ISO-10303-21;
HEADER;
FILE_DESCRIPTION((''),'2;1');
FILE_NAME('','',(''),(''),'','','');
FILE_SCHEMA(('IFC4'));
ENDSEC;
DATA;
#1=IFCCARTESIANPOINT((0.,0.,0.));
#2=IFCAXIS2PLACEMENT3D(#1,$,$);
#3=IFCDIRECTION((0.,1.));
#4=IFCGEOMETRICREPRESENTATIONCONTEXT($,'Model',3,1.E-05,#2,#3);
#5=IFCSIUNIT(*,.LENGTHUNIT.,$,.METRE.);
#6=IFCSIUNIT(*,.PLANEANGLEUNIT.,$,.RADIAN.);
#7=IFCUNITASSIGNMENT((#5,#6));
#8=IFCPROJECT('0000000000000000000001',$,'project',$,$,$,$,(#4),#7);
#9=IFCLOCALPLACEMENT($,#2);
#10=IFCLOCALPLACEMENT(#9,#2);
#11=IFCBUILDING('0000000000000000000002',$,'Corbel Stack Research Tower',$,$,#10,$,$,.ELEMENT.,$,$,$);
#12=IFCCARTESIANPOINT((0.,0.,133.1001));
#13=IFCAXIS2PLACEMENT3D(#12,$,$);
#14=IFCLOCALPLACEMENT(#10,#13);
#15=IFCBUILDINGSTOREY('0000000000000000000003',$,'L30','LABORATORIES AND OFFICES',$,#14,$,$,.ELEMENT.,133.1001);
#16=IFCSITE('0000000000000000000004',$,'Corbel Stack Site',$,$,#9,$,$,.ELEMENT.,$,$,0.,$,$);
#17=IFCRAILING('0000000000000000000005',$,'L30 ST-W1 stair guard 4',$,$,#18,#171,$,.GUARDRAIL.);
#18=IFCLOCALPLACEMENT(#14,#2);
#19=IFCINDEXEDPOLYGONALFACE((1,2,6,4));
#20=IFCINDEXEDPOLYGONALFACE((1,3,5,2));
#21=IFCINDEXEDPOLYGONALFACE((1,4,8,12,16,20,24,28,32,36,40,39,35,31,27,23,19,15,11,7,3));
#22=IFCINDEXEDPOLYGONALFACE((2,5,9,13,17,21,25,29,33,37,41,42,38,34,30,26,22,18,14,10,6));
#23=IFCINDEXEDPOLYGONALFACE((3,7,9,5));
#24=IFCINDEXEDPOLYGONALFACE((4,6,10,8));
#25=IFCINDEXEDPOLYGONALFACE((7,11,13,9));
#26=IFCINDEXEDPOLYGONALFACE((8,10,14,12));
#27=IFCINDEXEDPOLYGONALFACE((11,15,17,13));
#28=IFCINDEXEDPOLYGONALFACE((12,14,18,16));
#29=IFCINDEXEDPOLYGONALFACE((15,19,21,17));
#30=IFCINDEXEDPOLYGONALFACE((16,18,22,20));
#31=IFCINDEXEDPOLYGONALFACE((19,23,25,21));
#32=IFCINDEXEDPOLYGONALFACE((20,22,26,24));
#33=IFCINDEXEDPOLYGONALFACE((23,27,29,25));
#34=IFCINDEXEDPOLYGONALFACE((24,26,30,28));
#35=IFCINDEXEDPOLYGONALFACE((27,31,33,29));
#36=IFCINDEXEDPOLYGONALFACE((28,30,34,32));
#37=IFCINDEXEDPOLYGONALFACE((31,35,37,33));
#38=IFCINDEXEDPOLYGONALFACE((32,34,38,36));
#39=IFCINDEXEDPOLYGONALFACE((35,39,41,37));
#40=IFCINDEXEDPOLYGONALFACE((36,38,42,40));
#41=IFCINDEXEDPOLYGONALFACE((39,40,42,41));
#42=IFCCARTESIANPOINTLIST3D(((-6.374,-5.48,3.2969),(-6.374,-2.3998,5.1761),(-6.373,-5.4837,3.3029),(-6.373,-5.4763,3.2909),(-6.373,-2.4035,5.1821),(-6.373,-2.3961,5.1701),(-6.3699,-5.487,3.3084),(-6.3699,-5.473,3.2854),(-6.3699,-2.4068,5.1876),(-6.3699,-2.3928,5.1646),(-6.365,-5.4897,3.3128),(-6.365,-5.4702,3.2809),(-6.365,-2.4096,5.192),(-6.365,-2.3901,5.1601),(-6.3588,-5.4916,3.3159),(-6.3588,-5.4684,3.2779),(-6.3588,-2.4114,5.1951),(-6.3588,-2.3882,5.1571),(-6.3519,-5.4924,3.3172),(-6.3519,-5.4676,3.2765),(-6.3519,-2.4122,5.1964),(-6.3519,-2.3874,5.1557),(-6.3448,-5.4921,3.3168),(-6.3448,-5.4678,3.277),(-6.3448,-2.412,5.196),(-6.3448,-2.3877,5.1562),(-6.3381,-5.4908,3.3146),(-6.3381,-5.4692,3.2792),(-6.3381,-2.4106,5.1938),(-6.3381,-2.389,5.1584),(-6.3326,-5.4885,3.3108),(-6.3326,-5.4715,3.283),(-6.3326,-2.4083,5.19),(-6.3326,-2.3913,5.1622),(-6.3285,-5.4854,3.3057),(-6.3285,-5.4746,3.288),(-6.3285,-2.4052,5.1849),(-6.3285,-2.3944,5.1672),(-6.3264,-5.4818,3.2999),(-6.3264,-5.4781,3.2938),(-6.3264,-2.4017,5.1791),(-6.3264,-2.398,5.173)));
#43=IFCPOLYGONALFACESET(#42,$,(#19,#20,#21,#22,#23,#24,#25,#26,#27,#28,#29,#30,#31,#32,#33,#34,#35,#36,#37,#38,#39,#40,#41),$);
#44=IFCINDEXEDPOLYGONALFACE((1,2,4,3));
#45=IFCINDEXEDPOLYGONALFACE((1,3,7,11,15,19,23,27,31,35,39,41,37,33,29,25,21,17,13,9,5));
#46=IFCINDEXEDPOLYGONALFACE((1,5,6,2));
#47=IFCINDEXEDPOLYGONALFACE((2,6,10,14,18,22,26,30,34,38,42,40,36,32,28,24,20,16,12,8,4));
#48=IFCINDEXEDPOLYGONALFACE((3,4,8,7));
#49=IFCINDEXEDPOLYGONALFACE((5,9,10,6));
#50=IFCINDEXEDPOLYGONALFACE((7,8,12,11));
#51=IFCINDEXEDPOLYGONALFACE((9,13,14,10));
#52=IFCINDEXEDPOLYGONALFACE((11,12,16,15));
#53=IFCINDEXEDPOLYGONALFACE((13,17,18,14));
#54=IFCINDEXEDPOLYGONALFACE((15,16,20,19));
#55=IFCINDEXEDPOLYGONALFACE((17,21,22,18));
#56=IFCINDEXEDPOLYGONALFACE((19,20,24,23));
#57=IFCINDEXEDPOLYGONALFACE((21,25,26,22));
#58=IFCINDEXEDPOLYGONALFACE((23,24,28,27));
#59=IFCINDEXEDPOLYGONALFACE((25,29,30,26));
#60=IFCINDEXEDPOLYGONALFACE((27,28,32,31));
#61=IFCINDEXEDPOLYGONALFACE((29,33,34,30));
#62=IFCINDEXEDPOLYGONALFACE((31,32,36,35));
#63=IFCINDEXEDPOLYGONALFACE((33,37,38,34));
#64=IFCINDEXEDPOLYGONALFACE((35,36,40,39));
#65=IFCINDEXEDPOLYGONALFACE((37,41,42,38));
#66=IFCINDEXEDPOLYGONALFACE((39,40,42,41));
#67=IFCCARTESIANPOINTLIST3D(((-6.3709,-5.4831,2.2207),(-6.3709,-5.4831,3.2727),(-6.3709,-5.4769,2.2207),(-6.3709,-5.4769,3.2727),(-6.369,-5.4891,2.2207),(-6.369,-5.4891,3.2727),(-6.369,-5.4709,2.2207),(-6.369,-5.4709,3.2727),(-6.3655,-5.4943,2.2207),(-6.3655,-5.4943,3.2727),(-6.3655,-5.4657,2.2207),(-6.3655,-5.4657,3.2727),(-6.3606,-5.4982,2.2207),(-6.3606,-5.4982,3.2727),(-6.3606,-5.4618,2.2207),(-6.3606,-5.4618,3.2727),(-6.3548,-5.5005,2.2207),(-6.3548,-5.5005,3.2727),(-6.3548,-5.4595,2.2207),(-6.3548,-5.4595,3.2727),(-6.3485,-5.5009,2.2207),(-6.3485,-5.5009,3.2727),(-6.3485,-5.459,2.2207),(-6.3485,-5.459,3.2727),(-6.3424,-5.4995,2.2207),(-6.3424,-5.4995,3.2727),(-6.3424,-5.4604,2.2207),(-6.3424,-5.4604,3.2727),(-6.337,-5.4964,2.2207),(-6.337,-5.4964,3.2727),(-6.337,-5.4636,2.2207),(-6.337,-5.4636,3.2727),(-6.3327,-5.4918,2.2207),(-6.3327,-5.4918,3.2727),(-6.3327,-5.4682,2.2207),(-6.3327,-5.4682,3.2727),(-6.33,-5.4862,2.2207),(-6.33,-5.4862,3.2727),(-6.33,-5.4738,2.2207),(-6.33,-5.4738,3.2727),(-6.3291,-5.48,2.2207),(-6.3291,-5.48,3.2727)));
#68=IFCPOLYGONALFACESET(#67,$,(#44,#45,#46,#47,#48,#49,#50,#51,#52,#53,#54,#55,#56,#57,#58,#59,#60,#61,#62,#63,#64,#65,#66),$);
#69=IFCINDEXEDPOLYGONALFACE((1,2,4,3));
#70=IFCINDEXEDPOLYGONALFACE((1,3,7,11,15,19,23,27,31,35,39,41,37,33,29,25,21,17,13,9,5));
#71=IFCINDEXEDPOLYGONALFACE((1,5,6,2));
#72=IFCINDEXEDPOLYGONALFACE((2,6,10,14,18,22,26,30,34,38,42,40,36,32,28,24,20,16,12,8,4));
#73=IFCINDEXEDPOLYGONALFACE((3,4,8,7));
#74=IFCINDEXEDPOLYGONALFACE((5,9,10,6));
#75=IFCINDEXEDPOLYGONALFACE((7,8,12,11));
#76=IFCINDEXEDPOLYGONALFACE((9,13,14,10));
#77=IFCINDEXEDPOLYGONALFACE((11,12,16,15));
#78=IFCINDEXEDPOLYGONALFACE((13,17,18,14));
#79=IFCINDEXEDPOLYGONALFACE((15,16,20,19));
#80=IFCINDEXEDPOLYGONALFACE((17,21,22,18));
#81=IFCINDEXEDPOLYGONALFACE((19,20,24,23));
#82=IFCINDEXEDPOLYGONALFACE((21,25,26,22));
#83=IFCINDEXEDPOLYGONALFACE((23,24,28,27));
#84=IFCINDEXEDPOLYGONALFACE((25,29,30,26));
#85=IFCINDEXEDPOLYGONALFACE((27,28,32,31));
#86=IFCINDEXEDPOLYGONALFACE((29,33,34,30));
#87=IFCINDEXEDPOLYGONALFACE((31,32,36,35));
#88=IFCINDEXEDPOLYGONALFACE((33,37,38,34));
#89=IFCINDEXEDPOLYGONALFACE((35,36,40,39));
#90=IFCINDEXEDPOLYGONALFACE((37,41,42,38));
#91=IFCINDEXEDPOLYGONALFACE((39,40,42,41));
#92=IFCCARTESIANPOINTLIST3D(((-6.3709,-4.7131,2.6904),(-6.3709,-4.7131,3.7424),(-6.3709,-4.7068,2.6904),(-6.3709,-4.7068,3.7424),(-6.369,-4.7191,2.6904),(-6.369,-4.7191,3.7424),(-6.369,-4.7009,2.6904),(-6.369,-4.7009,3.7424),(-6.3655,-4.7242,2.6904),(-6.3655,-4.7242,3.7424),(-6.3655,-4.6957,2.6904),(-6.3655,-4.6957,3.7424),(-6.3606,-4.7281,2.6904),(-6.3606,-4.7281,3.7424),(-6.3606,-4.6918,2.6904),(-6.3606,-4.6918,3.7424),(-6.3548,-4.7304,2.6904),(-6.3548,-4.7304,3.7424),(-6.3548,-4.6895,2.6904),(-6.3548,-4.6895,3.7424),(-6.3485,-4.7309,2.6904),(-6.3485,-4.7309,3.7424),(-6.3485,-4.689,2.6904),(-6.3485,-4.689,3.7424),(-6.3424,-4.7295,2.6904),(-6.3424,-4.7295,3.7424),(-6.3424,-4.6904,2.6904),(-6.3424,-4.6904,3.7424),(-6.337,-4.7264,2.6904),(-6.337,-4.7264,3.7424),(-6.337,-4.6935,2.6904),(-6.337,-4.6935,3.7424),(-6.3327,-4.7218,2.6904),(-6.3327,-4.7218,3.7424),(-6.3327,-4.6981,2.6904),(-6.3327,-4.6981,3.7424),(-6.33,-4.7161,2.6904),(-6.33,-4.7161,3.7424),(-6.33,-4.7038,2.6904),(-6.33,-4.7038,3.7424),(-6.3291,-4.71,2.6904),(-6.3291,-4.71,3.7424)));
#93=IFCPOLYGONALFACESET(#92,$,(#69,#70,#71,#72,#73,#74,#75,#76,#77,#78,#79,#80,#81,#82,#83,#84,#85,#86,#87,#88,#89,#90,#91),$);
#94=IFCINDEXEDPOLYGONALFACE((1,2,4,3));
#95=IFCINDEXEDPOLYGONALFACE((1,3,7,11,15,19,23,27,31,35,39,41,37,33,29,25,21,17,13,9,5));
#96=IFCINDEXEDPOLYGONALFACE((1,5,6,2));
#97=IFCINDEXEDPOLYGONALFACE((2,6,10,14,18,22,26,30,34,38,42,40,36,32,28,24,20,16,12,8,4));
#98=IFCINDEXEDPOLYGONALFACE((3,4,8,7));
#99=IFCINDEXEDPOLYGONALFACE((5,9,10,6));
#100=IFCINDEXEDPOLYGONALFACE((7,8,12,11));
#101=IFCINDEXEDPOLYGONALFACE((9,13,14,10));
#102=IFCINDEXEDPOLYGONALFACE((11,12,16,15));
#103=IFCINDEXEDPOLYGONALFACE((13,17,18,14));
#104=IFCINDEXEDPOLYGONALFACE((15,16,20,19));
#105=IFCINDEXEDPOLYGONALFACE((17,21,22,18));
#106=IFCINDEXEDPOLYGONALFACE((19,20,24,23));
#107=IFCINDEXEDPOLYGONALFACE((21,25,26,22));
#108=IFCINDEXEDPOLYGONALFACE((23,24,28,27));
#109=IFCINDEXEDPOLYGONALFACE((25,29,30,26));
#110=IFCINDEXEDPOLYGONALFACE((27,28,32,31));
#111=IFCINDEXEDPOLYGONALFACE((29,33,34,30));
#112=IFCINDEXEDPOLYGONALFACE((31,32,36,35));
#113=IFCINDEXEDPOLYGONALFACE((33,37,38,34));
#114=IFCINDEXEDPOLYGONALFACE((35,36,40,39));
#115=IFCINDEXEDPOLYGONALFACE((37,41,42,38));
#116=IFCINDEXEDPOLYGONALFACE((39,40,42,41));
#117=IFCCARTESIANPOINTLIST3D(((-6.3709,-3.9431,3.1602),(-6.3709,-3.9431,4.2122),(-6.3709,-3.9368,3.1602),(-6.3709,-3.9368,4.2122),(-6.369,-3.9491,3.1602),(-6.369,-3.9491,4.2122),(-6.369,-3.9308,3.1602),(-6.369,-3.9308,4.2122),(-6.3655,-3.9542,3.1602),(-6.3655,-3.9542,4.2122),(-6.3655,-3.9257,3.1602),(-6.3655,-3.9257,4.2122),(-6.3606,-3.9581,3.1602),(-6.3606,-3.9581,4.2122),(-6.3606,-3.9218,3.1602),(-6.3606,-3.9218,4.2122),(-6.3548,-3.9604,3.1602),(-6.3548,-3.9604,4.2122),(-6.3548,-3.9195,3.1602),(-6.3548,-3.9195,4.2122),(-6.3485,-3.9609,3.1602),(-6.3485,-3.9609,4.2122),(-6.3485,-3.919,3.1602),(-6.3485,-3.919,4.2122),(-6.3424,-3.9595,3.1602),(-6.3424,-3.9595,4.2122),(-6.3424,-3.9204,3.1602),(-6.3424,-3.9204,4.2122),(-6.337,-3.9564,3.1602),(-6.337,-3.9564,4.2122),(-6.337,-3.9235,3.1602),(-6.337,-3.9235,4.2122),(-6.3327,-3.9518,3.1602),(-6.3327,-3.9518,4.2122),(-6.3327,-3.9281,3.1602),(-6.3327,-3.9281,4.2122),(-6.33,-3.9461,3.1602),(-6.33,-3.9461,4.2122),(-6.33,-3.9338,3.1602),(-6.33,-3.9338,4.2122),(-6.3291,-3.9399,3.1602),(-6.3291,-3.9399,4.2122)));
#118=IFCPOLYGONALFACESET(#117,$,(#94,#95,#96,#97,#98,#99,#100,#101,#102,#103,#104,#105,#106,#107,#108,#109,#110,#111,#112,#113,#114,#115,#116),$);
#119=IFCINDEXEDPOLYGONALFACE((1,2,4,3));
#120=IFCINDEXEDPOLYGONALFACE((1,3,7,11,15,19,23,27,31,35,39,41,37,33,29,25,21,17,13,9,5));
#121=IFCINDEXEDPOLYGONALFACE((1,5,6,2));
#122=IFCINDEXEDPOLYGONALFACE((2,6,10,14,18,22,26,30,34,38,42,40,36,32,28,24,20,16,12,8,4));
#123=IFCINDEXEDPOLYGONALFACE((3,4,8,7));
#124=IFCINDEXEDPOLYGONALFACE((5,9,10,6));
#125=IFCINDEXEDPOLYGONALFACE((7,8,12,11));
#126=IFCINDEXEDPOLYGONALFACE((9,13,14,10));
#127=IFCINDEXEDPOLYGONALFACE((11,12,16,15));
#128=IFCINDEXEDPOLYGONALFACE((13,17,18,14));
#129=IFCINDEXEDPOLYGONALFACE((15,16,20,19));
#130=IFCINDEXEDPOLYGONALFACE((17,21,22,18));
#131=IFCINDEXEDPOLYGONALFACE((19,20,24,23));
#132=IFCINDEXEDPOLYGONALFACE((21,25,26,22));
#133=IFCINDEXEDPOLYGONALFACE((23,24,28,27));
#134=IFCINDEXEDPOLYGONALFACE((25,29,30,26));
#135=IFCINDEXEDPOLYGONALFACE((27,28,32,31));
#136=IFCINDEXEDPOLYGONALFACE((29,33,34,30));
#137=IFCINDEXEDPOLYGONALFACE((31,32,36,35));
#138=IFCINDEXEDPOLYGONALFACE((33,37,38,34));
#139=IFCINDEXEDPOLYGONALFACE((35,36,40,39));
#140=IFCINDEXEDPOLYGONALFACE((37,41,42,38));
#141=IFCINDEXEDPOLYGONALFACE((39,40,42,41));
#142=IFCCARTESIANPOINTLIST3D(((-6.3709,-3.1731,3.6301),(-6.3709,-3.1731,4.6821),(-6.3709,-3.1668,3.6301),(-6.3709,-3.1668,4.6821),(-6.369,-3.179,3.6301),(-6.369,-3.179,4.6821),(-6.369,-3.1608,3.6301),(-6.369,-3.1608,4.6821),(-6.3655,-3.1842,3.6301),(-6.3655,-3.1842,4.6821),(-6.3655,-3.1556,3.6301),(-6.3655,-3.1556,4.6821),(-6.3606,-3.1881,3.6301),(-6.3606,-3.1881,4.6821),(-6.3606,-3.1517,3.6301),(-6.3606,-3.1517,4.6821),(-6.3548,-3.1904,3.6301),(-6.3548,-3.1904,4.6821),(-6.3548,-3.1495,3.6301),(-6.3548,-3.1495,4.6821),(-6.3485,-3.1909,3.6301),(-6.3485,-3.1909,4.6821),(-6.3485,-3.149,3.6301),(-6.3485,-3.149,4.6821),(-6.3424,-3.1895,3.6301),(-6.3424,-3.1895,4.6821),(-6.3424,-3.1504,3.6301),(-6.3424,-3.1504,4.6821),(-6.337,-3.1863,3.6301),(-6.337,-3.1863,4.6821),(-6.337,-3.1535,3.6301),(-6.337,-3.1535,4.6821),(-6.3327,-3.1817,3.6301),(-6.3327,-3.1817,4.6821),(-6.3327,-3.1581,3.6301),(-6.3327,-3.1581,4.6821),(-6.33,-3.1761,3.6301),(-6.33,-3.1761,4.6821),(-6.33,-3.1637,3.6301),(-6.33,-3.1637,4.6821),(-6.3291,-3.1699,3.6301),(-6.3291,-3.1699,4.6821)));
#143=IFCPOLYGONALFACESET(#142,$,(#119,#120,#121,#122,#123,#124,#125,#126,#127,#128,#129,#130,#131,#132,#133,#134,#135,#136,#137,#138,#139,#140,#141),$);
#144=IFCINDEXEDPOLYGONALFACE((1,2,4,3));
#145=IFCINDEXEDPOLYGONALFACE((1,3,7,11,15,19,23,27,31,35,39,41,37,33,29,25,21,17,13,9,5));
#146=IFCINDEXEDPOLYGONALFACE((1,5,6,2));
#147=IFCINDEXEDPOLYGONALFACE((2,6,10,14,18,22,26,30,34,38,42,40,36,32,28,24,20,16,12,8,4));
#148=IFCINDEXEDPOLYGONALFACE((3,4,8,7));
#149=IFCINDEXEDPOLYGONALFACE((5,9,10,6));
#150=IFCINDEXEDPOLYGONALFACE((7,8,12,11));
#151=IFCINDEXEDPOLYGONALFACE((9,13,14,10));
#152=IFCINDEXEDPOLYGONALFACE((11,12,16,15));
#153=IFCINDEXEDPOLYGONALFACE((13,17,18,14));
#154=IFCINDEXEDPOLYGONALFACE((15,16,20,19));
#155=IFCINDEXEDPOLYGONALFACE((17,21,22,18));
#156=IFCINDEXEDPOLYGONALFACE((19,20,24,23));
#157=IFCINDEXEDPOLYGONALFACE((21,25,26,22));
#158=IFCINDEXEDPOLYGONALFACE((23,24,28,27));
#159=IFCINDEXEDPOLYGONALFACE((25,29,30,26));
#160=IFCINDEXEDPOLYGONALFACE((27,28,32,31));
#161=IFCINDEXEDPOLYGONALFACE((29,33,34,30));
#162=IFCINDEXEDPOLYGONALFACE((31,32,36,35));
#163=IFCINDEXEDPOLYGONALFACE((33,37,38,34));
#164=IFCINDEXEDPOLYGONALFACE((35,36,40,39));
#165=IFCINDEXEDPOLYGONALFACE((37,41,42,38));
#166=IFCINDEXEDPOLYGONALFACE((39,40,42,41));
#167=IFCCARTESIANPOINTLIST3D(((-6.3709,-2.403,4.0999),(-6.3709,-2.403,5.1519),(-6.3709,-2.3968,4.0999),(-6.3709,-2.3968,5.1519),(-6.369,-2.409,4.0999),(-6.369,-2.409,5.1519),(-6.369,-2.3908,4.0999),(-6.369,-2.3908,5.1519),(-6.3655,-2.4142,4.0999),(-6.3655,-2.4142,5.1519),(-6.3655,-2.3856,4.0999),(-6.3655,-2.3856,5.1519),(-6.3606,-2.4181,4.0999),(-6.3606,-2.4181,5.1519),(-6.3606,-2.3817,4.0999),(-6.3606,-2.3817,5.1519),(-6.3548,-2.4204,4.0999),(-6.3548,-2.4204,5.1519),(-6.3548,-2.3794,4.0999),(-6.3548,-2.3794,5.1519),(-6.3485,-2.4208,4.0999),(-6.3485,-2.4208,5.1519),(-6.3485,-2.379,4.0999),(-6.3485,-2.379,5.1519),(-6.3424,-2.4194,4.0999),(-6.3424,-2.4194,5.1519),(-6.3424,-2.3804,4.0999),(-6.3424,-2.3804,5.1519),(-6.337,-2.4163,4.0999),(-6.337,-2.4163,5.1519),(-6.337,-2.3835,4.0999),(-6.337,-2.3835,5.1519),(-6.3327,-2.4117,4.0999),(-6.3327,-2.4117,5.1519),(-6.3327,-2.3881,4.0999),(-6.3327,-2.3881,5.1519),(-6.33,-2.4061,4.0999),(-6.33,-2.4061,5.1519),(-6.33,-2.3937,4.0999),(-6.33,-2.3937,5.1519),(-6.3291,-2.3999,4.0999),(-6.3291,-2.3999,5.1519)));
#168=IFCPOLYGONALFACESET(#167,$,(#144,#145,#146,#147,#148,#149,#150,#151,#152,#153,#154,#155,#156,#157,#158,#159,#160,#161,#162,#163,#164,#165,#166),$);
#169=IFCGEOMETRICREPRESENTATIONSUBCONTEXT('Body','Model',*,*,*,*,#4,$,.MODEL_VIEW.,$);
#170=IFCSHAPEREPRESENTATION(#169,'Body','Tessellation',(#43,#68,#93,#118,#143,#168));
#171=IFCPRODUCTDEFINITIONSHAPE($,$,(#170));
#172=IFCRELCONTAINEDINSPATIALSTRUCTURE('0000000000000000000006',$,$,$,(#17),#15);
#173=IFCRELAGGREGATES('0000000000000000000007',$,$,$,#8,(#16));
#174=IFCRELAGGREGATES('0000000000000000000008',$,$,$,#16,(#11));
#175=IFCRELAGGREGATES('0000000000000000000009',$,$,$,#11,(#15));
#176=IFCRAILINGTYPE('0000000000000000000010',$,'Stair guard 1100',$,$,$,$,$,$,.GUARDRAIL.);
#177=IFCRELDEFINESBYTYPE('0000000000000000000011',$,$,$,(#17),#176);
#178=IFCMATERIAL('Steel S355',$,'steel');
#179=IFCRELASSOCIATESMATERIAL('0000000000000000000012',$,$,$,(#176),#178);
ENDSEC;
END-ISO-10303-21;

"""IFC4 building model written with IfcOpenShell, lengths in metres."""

from ifc_helpers import new_model, si_unit, direction, frame, origin, origin_2d, place, context, subcontext, project, spatial, circle, extrude, material, type_object, element, save


model = new_model("IFC4")

# Units and contexts
model_context = context("Model", 3, precision=1e-05, world=origin(), true_north=direction((0.0, 1.0)))
body_context = subcontext(model_context, "Body", "Model", "MODEL_VIEW")
ifc_project = project(units=[si_unit("LENGTHUNIT", "METRE"), si_unit("PLANEANGLEUNIT", "RADIAN")], contexts=[model_context])

# Site, building, storey
site_placement = place(None, origin())
site = spatial("IfcSite", under=ifc_project, at=site_placement, Name="Corbel Stack Site", CompositionType="ELEMENT", RefElevation=0.0)
building_placement = place(site_placement, origin())
building = spatial("IfcBuilding", under=site, at=building_placement, Name="Corbel Stack Research Tower", CompositionType="ELEMENT")
storey_placement = place(building_placement, frame((0.0, 0.0, 133.1001)))
storey = spatial("IfcBuildingStorey", under=building, at=storey_placement, Name="L30", Description="LABORATORIES AND OFFICES", CompositionType="ELEMENT", Elevation=133.1001)

# Railing
ifc_material_1 = material(Name="Steel S355", Category="steel")
railing_type_1 = type_object("IfcRailingType", Name="Stair guard 1100", PredefinedType="GUARDRAIL", material=ifc_material_1)
railing_1_placement = place(storey_placement, frame((-6.3501, -5.48, 2.2207)))
element("IfcRailing", 1, at=railing_1_placement, inside=storey, type_object=railing_type_1, Name="L30 ST-W1 stair guard 4", PredefinedType="GUARDRAIL", context=body_context, shape_type="SweptSolid", body=[
    extrude(circle(Radius=0.0239, at=origin_2d()), frame((0.0, 0.0, 1.0762), z_axis=(0.0, 0.853666, 0.52082), x_axis=(-1.0, 0.0, 0.0)), (0.0, 0.0, 1.0), 3.6082),
    extrude(circle(Radius=0.021, at=origin_2d()), origin(), (0.0, 0.0, 1.0), 1.052),
    extrude(circle(Radius=0.021, at=origin_2d()), frame((0.0, 0.77, 0.4697)), (0.0, 0.0, 1.0), 1.052),
    extrude(circle(Radius=0.021, at=origin_2d()), frame((0.0, 1.54, 0.9395)), (0.0, 0.0, 1.0), 1.052),
    extrude(circle(Radius=0.021, at=origin_2d()), frame((0.0, 2.3101, 1.4094)), (0.0, 0.0, 1.0), 1.052),
    extrude(circle(Radius=0.021, at=origin_2d()), frame((0.0, 3.0801, 1.8792)), (0.0, 0.0, 1.0), 1.052),
])

save(model, "model.ifc")
